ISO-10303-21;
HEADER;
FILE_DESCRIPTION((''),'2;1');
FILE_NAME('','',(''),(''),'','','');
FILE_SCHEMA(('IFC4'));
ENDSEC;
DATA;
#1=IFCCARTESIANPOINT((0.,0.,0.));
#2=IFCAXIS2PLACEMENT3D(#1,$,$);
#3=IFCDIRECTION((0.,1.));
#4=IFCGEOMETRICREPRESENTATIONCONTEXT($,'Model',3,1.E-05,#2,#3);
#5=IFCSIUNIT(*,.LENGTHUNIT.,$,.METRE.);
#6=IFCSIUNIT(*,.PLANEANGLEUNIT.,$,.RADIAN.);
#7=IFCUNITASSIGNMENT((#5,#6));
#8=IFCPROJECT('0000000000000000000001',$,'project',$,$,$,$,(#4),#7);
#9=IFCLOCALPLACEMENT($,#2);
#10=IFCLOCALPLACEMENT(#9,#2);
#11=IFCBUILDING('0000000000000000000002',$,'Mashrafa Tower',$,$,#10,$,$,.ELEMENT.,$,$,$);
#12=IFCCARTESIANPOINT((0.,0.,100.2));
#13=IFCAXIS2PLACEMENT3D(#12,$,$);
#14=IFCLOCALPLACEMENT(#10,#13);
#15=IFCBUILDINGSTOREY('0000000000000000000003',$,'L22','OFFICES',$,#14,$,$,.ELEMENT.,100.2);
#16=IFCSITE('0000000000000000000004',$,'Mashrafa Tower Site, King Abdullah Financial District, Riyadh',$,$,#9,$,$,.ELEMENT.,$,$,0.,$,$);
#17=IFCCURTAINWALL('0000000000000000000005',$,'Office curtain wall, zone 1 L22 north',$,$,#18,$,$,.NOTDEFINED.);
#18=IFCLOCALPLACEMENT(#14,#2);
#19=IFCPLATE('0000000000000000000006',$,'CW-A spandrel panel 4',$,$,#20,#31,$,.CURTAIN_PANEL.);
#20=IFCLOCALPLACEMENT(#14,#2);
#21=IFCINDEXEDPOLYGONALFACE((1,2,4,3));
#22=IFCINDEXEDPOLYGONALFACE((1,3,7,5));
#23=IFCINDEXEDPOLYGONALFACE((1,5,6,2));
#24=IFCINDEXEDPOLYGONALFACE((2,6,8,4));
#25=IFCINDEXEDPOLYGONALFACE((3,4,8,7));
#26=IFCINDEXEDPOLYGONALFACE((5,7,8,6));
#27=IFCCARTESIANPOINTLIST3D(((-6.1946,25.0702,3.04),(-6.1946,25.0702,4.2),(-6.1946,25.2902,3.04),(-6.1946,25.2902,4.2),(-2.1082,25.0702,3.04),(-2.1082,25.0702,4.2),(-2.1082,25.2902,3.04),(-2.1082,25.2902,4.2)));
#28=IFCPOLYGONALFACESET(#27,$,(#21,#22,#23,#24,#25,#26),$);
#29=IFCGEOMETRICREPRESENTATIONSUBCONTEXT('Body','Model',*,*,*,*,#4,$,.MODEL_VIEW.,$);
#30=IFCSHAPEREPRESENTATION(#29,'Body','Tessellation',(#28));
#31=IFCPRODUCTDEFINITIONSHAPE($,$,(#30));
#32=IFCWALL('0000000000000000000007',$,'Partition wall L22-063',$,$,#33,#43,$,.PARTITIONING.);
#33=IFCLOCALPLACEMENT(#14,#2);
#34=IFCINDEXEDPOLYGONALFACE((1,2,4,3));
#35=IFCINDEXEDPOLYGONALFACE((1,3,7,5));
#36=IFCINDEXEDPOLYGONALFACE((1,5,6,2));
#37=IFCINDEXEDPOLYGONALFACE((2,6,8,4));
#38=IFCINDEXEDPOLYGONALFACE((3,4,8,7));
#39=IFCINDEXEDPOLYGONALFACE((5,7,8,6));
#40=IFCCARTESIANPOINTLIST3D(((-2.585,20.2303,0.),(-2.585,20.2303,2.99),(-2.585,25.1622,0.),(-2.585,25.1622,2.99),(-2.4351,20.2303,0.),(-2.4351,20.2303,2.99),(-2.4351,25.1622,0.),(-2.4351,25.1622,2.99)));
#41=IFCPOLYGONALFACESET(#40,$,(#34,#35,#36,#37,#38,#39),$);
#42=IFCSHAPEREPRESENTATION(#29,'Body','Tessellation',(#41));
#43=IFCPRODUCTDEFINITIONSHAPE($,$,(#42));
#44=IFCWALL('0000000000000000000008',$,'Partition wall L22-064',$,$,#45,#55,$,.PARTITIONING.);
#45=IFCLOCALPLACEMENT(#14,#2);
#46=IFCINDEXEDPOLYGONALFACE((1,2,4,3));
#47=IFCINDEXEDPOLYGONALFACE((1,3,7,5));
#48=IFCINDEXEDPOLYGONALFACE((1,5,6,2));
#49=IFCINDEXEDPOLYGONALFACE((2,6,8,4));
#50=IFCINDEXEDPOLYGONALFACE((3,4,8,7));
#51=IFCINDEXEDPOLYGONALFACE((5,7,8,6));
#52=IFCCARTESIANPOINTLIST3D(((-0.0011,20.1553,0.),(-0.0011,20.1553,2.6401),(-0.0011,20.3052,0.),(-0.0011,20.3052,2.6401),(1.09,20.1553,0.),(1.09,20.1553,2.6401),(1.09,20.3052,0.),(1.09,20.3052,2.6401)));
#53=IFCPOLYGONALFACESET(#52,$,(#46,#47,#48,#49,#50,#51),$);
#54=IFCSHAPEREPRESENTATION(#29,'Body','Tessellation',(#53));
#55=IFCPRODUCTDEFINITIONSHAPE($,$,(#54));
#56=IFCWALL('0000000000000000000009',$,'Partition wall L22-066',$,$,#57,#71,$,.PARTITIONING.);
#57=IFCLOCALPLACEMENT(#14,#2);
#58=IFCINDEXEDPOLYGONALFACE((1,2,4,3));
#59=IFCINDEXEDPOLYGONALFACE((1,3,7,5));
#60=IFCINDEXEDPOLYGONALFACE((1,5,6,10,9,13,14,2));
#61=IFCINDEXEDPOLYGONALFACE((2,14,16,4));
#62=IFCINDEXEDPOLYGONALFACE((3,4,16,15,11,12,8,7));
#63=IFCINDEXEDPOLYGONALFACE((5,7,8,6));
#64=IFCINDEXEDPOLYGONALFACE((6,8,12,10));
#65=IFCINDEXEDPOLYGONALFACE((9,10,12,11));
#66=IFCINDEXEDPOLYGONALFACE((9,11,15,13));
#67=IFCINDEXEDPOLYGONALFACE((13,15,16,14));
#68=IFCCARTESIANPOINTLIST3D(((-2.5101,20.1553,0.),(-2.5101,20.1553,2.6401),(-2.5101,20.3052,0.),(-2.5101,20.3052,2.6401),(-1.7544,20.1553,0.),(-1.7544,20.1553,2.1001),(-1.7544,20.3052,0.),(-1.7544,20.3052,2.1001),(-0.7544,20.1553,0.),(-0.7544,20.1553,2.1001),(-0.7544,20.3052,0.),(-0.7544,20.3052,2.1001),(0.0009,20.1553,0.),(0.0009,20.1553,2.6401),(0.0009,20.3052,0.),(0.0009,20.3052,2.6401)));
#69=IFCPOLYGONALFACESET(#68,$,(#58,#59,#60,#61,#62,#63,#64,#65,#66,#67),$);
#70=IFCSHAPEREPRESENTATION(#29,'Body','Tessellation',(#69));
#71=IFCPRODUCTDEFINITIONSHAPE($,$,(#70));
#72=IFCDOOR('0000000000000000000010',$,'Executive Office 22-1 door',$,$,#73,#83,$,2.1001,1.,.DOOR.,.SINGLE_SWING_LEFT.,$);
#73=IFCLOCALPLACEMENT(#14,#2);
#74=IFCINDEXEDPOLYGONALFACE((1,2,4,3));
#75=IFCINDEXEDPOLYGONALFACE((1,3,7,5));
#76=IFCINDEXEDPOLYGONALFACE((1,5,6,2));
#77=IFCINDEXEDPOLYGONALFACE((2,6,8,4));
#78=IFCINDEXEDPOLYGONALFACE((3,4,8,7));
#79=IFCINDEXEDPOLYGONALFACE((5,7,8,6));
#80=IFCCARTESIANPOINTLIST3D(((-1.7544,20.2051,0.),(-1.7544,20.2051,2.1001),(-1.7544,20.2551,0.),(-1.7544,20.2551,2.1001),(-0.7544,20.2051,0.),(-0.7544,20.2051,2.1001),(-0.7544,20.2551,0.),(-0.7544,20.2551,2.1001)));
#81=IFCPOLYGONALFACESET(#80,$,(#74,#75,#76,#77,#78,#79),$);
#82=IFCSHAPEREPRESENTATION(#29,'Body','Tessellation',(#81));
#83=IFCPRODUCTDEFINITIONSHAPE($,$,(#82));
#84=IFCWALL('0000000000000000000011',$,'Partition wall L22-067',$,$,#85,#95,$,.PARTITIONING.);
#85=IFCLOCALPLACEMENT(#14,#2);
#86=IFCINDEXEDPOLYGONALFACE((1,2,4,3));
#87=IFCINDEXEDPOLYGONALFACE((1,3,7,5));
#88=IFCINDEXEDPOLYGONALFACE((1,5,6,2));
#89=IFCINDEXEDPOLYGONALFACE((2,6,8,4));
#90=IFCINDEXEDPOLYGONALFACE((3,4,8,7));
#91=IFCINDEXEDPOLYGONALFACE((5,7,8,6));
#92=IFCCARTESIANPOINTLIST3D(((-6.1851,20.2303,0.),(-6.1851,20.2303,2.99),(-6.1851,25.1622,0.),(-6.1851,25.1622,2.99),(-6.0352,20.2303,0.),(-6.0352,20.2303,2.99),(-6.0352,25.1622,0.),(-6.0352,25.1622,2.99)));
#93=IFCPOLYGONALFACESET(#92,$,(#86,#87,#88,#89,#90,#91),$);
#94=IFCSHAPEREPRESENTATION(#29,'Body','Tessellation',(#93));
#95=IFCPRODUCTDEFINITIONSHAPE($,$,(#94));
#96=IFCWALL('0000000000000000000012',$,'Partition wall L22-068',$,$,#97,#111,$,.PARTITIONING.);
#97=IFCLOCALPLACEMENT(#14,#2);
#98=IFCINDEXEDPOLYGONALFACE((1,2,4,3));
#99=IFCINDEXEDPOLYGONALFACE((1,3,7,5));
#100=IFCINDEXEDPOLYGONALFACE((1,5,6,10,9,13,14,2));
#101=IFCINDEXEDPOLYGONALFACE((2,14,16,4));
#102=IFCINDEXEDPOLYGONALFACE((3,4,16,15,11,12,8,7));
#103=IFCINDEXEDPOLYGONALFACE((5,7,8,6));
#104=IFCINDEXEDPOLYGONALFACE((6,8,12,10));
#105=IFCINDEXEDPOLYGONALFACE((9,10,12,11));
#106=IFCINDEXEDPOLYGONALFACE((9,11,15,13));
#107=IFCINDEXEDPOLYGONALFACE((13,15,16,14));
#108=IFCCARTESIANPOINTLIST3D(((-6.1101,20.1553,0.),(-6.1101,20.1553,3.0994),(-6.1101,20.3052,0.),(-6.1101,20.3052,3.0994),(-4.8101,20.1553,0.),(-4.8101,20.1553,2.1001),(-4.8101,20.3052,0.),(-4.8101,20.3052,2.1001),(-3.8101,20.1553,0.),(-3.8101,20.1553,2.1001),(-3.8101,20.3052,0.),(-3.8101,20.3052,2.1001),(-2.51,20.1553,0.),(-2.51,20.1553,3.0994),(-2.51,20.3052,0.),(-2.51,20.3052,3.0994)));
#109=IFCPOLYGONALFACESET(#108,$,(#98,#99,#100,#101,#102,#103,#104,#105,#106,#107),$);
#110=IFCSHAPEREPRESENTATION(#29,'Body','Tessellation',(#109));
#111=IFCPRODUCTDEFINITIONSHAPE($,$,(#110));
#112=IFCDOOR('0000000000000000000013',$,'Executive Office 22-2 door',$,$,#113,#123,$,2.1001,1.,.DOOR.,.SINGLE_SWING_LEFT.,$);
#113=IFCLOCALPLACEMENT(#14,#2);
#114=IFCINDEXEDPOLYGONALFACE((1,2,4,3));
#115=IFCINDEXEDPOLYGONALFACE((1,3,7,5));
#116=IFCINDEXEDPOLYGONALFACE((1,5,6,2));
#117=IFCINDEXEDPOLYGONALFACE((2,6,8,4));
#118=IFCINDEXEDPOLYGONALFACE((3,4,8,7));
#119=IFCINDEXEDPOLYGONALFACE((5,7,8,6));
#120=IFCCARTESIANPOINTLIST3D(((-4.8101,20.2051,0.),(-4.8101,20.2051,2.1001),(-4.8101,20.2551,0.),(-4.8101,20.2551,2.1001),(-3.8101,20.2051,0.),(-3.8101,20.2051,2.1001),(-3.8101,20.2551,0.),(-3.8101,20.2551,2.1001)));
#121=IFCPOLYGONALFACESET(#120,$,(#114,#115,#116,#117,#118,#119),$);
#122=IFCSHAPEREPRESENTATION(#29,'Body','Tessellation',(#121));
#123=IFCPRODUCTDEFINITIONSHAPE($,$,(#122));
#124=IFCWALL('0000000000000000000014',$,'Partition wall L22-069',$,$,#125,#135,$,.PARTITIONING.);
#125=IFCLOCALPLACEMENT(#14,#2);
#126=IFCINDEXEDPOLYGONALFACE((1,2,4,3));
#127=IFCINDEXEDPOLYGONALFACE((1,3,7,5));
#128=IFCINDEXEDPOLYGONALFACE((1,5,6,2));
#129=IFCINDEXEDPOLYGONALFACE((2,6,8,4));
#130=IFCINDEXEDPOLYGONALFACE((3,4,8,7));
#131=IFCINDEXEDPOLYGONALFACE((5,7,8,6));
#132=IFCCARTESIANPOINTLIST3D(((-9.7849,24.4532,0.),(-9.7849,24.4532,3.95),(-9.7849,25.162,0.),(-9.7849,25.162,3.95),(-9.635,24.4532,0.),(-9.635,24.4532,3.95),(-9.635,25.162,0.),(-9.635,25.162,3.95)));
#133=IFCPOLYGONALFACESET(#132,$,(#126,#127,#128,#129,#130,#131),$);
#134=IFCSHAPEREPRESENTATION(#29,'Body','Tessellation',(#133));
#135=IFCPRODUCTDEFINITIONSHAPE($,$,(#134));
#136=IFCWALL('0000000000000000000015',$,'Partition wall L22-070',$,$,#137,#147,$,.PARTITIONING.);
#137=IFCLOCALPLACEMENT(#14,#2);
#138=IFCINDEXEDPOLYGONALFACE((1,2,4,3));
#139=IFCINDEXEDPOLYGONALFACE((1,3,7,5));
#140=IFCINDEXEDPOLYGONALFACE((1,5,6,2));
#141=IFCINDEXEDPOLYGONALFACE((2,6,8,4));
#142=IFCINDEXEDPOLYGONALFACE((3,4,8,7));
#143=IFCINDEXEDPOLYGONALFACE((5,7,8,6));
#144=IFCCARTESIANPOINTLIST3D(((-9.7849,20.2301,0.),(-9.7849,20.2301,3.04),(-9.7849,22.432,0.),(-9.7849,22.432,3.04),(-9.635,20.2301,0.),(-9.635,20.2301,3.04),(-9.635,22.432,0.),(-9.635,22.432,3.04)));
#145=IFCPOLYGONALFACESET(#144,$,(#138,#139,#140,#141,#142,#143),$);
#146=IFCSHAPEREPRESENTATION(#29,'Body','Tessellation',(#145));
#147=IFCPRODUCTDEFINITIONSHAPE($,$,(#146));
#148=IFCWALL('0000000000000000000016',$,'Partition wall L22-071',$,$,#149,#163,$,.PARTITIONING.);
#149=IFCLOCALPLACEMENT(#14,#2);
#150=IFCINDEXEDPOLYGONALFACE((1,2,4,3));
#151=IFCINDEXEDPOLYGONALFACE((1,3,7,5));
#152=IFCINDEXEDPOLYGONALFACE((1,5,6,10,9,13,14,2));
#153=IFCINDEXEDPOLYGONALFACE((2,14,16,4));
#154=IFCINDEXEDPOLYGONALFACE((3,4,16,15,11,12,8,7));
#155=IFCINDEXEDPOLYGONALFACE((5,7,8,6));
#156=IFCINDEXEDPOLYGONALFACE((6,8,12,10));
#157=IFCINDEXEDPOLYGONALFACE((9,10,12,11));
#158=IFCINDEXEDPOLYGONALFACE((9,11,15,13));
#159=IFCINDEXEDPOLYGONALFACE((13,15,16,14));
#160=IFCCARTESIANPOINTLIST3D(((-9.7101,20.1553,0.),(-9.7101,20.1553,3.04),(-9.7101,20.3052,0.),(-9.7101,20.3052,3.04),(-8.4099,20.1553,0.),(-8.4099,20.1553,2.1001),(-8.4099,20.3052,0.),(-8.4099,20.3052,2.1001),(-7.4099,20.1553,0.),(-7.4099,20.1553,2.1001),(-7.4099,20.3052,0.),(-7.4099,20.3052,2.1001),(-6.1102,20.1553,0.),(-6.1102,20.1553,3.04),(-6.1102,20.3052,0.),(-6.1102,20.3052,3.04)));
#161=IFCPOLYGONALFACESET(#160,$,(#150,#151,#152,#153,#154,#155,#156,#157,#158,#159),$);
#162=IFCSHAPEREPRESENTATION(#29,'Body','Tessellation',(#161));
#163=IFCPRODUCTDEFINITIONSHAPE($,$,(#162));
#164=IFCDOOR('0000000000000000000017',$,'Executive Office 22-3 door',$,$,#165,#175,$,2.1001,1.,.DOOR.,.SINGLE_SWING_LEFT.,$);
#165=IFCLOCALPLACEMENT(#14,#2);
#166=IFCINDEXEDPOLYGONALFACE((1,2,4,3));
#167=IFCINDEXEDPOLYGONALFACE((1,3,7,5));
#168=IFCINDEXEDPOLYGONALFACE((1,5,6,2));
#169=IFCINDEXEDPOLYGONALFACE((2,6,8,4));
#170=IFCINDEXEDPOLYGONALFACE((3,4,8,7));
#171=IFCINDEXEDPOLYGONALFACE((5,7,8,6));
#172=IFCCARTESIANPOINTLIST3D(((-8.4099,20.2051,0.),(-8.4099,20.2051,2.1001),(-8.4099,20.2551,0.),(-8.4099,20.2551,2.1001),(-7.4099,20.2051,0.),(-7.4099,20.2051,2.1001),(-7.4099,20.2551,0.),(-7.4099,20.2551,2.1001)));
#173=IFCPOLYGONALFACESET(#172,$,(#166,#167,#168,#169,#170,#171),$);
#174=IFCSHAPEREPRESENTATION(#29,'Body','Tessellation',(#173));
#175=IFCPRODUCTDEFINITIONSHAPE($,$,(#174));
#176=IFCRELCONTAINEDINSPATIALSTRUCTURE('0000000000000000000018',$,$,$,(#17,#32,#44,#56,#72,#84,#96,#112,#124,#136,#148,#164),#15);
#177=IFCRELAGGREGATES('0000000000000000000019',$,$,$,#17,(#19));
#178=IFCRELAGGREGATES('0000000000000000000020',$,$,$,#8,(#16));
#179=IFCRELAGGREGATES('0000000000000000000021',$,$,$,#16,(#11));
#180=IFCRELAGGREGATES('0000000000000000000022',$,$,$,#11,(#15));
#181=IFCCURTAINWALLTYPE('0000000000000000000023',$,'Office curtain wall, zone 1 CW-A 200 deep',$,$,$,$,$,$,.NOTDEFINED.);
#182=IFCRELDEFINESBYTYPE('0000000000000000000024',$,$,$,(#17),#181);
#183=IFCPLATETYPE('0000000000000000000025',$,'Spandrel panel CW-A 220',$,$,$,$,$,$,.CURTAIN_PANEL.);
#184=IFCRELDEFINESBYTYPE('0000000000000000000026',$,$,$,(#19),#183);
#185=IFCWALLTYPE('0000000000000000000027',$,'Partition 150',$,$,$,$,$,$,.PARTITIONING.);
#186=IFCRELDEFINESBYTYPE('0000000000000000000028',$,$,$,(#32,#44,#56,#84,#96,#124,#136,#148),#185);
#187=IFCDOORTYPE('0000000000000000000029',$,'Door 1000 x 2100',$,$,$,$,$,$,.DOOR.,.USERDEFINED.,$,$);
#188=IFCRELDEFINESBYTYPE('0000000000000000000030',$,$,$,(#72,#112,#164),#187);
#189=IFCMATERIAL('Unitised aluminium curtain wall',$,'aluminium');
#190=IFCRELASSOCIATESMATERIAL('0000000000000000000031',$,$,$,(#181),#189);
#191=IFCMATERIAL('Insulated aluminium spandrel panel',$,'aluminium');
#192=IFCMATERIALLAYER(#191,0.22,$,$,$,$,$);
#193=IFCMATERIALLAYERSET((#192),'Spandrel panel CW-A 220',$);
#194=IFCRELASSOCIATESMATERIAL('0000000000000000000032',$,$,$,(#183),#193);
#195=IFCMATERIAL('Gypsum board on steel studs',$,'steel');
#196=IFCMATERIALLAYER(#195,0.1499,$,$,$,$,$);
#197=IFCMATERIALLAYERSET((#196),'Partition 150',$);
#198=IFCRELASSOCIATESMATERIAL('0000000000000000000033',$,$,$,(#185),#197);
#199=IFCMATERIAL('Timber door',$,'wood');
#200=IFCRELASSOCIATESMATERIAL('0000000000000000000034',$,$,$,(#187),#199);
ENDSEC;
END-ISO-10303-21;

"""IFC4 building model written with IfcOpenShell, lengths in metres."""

from ifc_helpers import new_model, si_unit, direction, frame, frame_2d, origin, origin_2d, place, context, subcontext, project, spatial, rectangle, extrude, source, transform, mapped, material, layer, layer_set, type_object, element, fill, aggregate, save


model = new_model("IFC4")

# Units and contexts
model_context = context("Model", 3, precision=1e-05, world=origin(), true_north=direction((0.0, 1.0)))
body_context = subcontext(model_context, "Body", "Model", "MODEL_VIEW")
ifc_project = project(units=[si_unit("LENGTHUNIT", "METRE"), si_unit("PLANEANGLEUNIT", "RADIAN")], contexts=[model_context])

# Site, building, storey
site_placement = place(None, origin())
site = spatial("IfcSite", under=ifc_project, at=site_placement, Name="Mashrafa Tower Site, King Abdullah Financial District, Riyadh", CompositionType="ELEMENT", RefElevation=0.0)
building_placement = place(site_placement, origin())
building = spatial("IfcBuilding", under=site, at=building_placement, Name="Mashrafa Tower", CompositionType="ELEMENT")
storey_placement = place(building_placement, frame((0.0, 0.0, 100.2)))
storey = spatial("IfcBuildingStorey", under=building, at=storey_placement, Name="L22", Description="OFFICES", CompositionType="ELEMENT", Elevation=100.2)

# Curtain wall
ifc_material_1 = material(Name="Unitised aluminium curtain wall", Category="aluminium")
curtain_wall_type = type_object("IfcCurtainWallType", Name="Office curtain wall, zone 1 CW-A 200 deep", PredefinedType="NOTDEFINED", material=ifc_material_1)
curtain_wall_1_placement = place(storey_placement, origin())
curtain_wall_1 = element("IfcCurtainWall", 1, at=curtain_wall_1_placement, inside=storey, type_object=curtain_wall_type, Name="Office curtain wall, zone 1 L22 north", PredefinedType="NOTDEFINED")

# Plate
ifc_material_2 = material(Name="Insulated aluminium spandrel panel", Category="aluminium")
ifc_layer_1 = layer(ifc_material_2, 0.22)
ifc_layer_set_1 = layer_set([ifc_layer_1], Name="Spandrel panel CW-A 220")
plate_type_1 = type_object("IfcPlateType", Name="Spandrel panel CW-A 220", PredefinedType="CURTAIN_PANEL", material=ifc_layer_set_1)
shared_shape_1 = source(origin(), body_context, "Body", "SweptSolid", [
    extrude(rectangle(XDim=4.0864, YDim=0.22, at=origin_2d()), origin(), (0.0, 0.0, 1.0), 1.1599),
])
plate_1_placement = place(storey_placement, frame((-4.1514, 25.1802, 3.04), z_axis=(0.0, 0.0, 1.0), x_axis=(-1.0, 0.0, 0.0)))
plate_1 = element("IfcPlate", 2, at=plate_1_placement, type_object=plate_type_1, Name="CW-A spandrel panel 4", PredefinedType="CURTAIN_PANEL", context=body_context, shape_type="MappedRepresentation", body=[
    mapped(shared_shape_1, transform((0.0, 0.0, 0.0))),
])
aggregate(curtain_wall_1, [plate_1])

# Walls
ifc_material_3 = material(Name="Gypsum board on steel studs", Category="steel")
ifc_layer_2 = layer(ifc_material_3, 0.1499)
ifc_layer_set_2 = layer_set([ifc_layer_2], Name="Partition 150")
wall_type = type_object("IfcWallType", Name="Partition 150", PredefinedType="PARTITIONING", material=ifc_layer_set_2)
wall_1_placement = place(storey_placement, frame((-2.51, 25.1621, 0.0), z_axis=(0.0, 0.0, 1.0), x_axis=(0.0, -1.0, 0.0)))
element("IfcWall", 3, at=wall_1_placement, inside=storey, type_object=wall_type, Name="Partition wall L22-063", PredefinedType="PARTITIONING", context=body_context, shape_type="SweptSolid", body=[
    extrude(rectangle(XDim=4.9319, YDim=0.1499, at=frame_2d((2.4658, 0.0))), origin(), (0.0, 0.0, 1.0), 2.99),
])
wall_2_placement = place(storey_placement, frame((-0.001, 20.2302, 0.0), z_axis=(0.0, 0.0, 1.0), x_axis=(1.0, 0.0, 0.0)))
element("IfcWall", 4, at=wall_2_placement, inside=storey, type_object=wall_type, Name="Partition wall L22-064", PredefinedType="PARTITIONING", context=body_context, shape_type="SweptSolid", body=[
    extrude(rectangle(XDim=1.0911, YDim=0.1499, at=frame_2d((0.5454, 0.0))), origin(), (0.0, 0.0, 1.0), 2.6401),
])

# Wall, opening, door
wall_3_placement = place(storey_placement, frame((-2.51, 20.2302, 0.0), z_axis=(0.0, 0.0, 1.0), x_axis=(1.0, 0.0, 0.0)))
wall_3 = element("IfcWall", 5, at=wall_3_placement, inside=storey, type_object=wall_type, Name="Partition wall L22-066", PredefinedType="PARTITIONING", context=body_context, shape_type="SweptSolid", body=[
    extrude(rectangle(XDim=2.511, YDim=0.1499, at=frame_2d((1.2554, 0.0))), origin(), (0.0, 0.0, 1.0), 2.6401),
])
opening_1_placement = place(wall_3_placement, frame((0.7556, 0.0, 0.0)))
opening_1 = element("IfcOpeningElement", 6, at=opening_1_placement, cuts=wall_3, PredefinedType="OPENING", context=body_context, shape_type="SweptSolid", body=[
    extrude(rectangle(XDim=1.0, YDim=2.1001, at=frame_2d((0.5, 1.05))), frame((0.0, 0.085, 0.0), z_axis=(0.0, -1.0, 0.0), x_axis=(1.0, 0.0, 0.0)), (0.0, 0.0, 1.0), 0.1699),
])
ifc_material_4 = material(Name="Timber door", Category="wood")
door_type = type_object("IfcDoorType", Name="Door 1000 x 2100", OperationType="USERDEFINED", PredefinedType="DOOR", material=ifc_material_4)
door_1_placement = place(opening_1_placement, origin())
door_1 = element("IfcDoor", 7, at=door_1_placement, inside=storey, type_object=door_type, Name="Executive Office 22-1 door", OperationType="SINGLE_SWING_LEFT", OverallHeight=2.1001, OverallWidth=1.0, PredefinedType="DOOR", context=body_context, shape_type="SweptSolid", body=[
    extrude(rectangle(XDim=1.0, YDim=2.1001, at=frame_2d((0.5, 1.05))), frame((0.0, 0.0249, 0.0), z_axis=(0.0, -1.0, 0.0), x_axis=(1.0, 0.0, 0.0)), (0.0, 0.0, 1.0), 0.05),
])
fill(opening_1, door_1)

# Wall
wall_4_placement = place(storey_placement, frame((-6.1101, 25.1621, 0.0), z_axis=(0.0, 0.0, 1.0), x_axis=(0.0, -1.0, 0.0)))
element("IfcWall", 8, at=wall_4_placement, inside=storey, type_object=wall_type, Name="Partition wall L22-067", PredefinedType="PARTITIONING", context=body_context, shape_type="SweptSolid", body=[
    extrude(rectangle(XDim=4.9319, YDim=0.1499, at=frame_2d((2.4658, 0.0))), origin(), (0.0, 0.0, 1.0), 2.99),
])

# Wall, opening, door
wall_5_placement = place(storey_placement, frame((-6.1101, 20.2302, 0.0), z_axis=(0.0, 0.0, 1.0), x_axis=(1.0, 0.0, 0.0)))
wall_5 = element("IfcWall", 9, at=wall_5_placement, inside=storey, type_object=wall_type, Name="Partition wall L22-068", PredefinedType="PARTITIONING", context=body_context, shape_type="SweptSolid", body=[
    extrude(rectangle(XDim=3.6001, YDim=0.1499, at=frame_2d((1.8, 0.0))), origin(), (0.0, 0.0, 1.0), 3.0994),
])
opening_2_placement = place(wall_5_placement, frame((1.3, 0.0, 0.0)))
opening_2 = element("IfcOpeningElement", 10, at=opening_2_placement, cuts=wall_5, PredefinedType="OPENING", context=body_context, shape_type="SweptSolid", body=[
    extrude(rectangle(XDim=1.0, YDim=2.1001, at=frame_2d((0.5, 1.05))), frame((0.0, 0.085, 0.0), z_axis=(0.0, -1.0, 0.0), x_axis=(1.0, 0.0, 0.0)), (0.0, 0.0, 1.0), 0.1699),
])
door_2_placement = place(opening_2_placement, origin())
door_2 = element("IfcDoor", 11, at=door_2_placement, inside=storey, type_object=door_type, Name="Executive Office 22-2 door", OperationType="SINGLE_SWING_LEFT", OverallHeight=2.1001, OverallWidth=1.0, PredefinedType="DOOR", context=body_context, shape_type="SweptSolid", body=[
    extrude(rectangle(XDim=1.0, YDim=2.1001, at=frame_2d((0.5, 1.05))), frame((0.0, 0.0249, 0.0), z_axis=(0.0, -1.0, 0.0), x_axis=(1.0, 0.0, 0.0)), (0.0, 0.0, 1.0), 0.05),
])
fill(opening_2, door_2)

# Walls
wall_6_placement = place(storey_placement, frame((-9.71, 25.1621, 0.0), z_axis=(0.0, 0.0, 1.0), x_axis=(0.0, -1.0, 0.0)))
element("IfcWall", 12, at=wall_6_placement, inside=storey, type_object=wall_type, Name="Partition wall L22-069", PredefinedType="PARTITIONING", context=body_context, shape_type="SweptSolid", body=[
    extrude(rectangle(XDim=0.7087, YDim=0.1499, at=frame_2d((0.3545, 0.0))), origin(), (0.0, 0.0, 1.0), 3.95),
])
wall_7_placement = place(storey_placement, frame((-9.71, 22.4321, 0.0), z_axis=(0.0, 0.0, 1.0), x_axis=(0.0, -1.0, 0.0)))
element("IfcWall", 13, at=wall_7_placement, inside=storey, type_object=wall_type, Name="Partition wall L22-070", PredefinedType="PARTITIONING", context=body_context, shape_type="SweptSolid", body=[
    extrude(rectangle(XDim=2.2019, YDim=0.1499, at=frame_2d((1.1011, 0.0))), origin(), (0.0, 0.0, 1.0), 3.04),
])

# Wall, opening, door
wall_8_placement = place(storey_placement, frame((-9.71, 20.2302, 0.0), z_axis=(0.0, 0.0, 1.0), x_axis=(1.0, 0.0, 0.0)))
wall_8 = element("IfcWall", 14, at=wall_8_placement, inside=storey, type_object=wall_type, Name="Partition wall L22-071", PredefinedType="PARTITIONING", context=body_context, shape_type="SweptSolid", body=[
    extrude(rectangle(XDim=3.5999, YDim=0.1499, at=frame_2d((1.7998, 0.0))), origin(), (0.0, 0.0, 1.0), 3.04),
])
opening_3_placement = place(wall_8_placement, frame((1.3, 0.0, 0.0)))
opening_3 = element("IfcOpeningElement", 15, at=opening_3_placement, cuts=wall_8, PredefinedType="OPENING", context=body_context, shape_type="SweptSolid", body=[
    extrude(rectangle(XDim=1.0, YDim=2.1001, at=frame_2d((0.5, 1.05))), frame((0.0, 0.085, 0.0), z_axis=(0.0, -1.0, 0.0), x_axis=(1.0, 0.0, 0.0)), (0.0, 0.0, 1.0), 0.1699),
])
door_3_placement = place(opening_3_placement, origin())
door_3 = element("IfcDoor", 16, at=door_3_placement, inside=storey, type_object=door_type, Name="Executive Office 22-3 door", OperationType="SINGLE_SWING_LEFT", OverallHeight=2.1001, OverallWidth=1.0, PredefinedType="DOOR", context=body_context, shape_type="SweptSolid", body=[
    extrude(rectangle(XDim=1.0, YDim=2.1001, at=frame_2d((0.5, 1.05))), frame((0.0, 0.0249, 0.0), z_axis=(0.0, -1.0, 0.0), x_axis=(1.0, 0.0, 0.0)), (0.0, 0.0, 1.0), 0.05),
])
fill(opening_3, door_3)

save(model, "model.ifc")
